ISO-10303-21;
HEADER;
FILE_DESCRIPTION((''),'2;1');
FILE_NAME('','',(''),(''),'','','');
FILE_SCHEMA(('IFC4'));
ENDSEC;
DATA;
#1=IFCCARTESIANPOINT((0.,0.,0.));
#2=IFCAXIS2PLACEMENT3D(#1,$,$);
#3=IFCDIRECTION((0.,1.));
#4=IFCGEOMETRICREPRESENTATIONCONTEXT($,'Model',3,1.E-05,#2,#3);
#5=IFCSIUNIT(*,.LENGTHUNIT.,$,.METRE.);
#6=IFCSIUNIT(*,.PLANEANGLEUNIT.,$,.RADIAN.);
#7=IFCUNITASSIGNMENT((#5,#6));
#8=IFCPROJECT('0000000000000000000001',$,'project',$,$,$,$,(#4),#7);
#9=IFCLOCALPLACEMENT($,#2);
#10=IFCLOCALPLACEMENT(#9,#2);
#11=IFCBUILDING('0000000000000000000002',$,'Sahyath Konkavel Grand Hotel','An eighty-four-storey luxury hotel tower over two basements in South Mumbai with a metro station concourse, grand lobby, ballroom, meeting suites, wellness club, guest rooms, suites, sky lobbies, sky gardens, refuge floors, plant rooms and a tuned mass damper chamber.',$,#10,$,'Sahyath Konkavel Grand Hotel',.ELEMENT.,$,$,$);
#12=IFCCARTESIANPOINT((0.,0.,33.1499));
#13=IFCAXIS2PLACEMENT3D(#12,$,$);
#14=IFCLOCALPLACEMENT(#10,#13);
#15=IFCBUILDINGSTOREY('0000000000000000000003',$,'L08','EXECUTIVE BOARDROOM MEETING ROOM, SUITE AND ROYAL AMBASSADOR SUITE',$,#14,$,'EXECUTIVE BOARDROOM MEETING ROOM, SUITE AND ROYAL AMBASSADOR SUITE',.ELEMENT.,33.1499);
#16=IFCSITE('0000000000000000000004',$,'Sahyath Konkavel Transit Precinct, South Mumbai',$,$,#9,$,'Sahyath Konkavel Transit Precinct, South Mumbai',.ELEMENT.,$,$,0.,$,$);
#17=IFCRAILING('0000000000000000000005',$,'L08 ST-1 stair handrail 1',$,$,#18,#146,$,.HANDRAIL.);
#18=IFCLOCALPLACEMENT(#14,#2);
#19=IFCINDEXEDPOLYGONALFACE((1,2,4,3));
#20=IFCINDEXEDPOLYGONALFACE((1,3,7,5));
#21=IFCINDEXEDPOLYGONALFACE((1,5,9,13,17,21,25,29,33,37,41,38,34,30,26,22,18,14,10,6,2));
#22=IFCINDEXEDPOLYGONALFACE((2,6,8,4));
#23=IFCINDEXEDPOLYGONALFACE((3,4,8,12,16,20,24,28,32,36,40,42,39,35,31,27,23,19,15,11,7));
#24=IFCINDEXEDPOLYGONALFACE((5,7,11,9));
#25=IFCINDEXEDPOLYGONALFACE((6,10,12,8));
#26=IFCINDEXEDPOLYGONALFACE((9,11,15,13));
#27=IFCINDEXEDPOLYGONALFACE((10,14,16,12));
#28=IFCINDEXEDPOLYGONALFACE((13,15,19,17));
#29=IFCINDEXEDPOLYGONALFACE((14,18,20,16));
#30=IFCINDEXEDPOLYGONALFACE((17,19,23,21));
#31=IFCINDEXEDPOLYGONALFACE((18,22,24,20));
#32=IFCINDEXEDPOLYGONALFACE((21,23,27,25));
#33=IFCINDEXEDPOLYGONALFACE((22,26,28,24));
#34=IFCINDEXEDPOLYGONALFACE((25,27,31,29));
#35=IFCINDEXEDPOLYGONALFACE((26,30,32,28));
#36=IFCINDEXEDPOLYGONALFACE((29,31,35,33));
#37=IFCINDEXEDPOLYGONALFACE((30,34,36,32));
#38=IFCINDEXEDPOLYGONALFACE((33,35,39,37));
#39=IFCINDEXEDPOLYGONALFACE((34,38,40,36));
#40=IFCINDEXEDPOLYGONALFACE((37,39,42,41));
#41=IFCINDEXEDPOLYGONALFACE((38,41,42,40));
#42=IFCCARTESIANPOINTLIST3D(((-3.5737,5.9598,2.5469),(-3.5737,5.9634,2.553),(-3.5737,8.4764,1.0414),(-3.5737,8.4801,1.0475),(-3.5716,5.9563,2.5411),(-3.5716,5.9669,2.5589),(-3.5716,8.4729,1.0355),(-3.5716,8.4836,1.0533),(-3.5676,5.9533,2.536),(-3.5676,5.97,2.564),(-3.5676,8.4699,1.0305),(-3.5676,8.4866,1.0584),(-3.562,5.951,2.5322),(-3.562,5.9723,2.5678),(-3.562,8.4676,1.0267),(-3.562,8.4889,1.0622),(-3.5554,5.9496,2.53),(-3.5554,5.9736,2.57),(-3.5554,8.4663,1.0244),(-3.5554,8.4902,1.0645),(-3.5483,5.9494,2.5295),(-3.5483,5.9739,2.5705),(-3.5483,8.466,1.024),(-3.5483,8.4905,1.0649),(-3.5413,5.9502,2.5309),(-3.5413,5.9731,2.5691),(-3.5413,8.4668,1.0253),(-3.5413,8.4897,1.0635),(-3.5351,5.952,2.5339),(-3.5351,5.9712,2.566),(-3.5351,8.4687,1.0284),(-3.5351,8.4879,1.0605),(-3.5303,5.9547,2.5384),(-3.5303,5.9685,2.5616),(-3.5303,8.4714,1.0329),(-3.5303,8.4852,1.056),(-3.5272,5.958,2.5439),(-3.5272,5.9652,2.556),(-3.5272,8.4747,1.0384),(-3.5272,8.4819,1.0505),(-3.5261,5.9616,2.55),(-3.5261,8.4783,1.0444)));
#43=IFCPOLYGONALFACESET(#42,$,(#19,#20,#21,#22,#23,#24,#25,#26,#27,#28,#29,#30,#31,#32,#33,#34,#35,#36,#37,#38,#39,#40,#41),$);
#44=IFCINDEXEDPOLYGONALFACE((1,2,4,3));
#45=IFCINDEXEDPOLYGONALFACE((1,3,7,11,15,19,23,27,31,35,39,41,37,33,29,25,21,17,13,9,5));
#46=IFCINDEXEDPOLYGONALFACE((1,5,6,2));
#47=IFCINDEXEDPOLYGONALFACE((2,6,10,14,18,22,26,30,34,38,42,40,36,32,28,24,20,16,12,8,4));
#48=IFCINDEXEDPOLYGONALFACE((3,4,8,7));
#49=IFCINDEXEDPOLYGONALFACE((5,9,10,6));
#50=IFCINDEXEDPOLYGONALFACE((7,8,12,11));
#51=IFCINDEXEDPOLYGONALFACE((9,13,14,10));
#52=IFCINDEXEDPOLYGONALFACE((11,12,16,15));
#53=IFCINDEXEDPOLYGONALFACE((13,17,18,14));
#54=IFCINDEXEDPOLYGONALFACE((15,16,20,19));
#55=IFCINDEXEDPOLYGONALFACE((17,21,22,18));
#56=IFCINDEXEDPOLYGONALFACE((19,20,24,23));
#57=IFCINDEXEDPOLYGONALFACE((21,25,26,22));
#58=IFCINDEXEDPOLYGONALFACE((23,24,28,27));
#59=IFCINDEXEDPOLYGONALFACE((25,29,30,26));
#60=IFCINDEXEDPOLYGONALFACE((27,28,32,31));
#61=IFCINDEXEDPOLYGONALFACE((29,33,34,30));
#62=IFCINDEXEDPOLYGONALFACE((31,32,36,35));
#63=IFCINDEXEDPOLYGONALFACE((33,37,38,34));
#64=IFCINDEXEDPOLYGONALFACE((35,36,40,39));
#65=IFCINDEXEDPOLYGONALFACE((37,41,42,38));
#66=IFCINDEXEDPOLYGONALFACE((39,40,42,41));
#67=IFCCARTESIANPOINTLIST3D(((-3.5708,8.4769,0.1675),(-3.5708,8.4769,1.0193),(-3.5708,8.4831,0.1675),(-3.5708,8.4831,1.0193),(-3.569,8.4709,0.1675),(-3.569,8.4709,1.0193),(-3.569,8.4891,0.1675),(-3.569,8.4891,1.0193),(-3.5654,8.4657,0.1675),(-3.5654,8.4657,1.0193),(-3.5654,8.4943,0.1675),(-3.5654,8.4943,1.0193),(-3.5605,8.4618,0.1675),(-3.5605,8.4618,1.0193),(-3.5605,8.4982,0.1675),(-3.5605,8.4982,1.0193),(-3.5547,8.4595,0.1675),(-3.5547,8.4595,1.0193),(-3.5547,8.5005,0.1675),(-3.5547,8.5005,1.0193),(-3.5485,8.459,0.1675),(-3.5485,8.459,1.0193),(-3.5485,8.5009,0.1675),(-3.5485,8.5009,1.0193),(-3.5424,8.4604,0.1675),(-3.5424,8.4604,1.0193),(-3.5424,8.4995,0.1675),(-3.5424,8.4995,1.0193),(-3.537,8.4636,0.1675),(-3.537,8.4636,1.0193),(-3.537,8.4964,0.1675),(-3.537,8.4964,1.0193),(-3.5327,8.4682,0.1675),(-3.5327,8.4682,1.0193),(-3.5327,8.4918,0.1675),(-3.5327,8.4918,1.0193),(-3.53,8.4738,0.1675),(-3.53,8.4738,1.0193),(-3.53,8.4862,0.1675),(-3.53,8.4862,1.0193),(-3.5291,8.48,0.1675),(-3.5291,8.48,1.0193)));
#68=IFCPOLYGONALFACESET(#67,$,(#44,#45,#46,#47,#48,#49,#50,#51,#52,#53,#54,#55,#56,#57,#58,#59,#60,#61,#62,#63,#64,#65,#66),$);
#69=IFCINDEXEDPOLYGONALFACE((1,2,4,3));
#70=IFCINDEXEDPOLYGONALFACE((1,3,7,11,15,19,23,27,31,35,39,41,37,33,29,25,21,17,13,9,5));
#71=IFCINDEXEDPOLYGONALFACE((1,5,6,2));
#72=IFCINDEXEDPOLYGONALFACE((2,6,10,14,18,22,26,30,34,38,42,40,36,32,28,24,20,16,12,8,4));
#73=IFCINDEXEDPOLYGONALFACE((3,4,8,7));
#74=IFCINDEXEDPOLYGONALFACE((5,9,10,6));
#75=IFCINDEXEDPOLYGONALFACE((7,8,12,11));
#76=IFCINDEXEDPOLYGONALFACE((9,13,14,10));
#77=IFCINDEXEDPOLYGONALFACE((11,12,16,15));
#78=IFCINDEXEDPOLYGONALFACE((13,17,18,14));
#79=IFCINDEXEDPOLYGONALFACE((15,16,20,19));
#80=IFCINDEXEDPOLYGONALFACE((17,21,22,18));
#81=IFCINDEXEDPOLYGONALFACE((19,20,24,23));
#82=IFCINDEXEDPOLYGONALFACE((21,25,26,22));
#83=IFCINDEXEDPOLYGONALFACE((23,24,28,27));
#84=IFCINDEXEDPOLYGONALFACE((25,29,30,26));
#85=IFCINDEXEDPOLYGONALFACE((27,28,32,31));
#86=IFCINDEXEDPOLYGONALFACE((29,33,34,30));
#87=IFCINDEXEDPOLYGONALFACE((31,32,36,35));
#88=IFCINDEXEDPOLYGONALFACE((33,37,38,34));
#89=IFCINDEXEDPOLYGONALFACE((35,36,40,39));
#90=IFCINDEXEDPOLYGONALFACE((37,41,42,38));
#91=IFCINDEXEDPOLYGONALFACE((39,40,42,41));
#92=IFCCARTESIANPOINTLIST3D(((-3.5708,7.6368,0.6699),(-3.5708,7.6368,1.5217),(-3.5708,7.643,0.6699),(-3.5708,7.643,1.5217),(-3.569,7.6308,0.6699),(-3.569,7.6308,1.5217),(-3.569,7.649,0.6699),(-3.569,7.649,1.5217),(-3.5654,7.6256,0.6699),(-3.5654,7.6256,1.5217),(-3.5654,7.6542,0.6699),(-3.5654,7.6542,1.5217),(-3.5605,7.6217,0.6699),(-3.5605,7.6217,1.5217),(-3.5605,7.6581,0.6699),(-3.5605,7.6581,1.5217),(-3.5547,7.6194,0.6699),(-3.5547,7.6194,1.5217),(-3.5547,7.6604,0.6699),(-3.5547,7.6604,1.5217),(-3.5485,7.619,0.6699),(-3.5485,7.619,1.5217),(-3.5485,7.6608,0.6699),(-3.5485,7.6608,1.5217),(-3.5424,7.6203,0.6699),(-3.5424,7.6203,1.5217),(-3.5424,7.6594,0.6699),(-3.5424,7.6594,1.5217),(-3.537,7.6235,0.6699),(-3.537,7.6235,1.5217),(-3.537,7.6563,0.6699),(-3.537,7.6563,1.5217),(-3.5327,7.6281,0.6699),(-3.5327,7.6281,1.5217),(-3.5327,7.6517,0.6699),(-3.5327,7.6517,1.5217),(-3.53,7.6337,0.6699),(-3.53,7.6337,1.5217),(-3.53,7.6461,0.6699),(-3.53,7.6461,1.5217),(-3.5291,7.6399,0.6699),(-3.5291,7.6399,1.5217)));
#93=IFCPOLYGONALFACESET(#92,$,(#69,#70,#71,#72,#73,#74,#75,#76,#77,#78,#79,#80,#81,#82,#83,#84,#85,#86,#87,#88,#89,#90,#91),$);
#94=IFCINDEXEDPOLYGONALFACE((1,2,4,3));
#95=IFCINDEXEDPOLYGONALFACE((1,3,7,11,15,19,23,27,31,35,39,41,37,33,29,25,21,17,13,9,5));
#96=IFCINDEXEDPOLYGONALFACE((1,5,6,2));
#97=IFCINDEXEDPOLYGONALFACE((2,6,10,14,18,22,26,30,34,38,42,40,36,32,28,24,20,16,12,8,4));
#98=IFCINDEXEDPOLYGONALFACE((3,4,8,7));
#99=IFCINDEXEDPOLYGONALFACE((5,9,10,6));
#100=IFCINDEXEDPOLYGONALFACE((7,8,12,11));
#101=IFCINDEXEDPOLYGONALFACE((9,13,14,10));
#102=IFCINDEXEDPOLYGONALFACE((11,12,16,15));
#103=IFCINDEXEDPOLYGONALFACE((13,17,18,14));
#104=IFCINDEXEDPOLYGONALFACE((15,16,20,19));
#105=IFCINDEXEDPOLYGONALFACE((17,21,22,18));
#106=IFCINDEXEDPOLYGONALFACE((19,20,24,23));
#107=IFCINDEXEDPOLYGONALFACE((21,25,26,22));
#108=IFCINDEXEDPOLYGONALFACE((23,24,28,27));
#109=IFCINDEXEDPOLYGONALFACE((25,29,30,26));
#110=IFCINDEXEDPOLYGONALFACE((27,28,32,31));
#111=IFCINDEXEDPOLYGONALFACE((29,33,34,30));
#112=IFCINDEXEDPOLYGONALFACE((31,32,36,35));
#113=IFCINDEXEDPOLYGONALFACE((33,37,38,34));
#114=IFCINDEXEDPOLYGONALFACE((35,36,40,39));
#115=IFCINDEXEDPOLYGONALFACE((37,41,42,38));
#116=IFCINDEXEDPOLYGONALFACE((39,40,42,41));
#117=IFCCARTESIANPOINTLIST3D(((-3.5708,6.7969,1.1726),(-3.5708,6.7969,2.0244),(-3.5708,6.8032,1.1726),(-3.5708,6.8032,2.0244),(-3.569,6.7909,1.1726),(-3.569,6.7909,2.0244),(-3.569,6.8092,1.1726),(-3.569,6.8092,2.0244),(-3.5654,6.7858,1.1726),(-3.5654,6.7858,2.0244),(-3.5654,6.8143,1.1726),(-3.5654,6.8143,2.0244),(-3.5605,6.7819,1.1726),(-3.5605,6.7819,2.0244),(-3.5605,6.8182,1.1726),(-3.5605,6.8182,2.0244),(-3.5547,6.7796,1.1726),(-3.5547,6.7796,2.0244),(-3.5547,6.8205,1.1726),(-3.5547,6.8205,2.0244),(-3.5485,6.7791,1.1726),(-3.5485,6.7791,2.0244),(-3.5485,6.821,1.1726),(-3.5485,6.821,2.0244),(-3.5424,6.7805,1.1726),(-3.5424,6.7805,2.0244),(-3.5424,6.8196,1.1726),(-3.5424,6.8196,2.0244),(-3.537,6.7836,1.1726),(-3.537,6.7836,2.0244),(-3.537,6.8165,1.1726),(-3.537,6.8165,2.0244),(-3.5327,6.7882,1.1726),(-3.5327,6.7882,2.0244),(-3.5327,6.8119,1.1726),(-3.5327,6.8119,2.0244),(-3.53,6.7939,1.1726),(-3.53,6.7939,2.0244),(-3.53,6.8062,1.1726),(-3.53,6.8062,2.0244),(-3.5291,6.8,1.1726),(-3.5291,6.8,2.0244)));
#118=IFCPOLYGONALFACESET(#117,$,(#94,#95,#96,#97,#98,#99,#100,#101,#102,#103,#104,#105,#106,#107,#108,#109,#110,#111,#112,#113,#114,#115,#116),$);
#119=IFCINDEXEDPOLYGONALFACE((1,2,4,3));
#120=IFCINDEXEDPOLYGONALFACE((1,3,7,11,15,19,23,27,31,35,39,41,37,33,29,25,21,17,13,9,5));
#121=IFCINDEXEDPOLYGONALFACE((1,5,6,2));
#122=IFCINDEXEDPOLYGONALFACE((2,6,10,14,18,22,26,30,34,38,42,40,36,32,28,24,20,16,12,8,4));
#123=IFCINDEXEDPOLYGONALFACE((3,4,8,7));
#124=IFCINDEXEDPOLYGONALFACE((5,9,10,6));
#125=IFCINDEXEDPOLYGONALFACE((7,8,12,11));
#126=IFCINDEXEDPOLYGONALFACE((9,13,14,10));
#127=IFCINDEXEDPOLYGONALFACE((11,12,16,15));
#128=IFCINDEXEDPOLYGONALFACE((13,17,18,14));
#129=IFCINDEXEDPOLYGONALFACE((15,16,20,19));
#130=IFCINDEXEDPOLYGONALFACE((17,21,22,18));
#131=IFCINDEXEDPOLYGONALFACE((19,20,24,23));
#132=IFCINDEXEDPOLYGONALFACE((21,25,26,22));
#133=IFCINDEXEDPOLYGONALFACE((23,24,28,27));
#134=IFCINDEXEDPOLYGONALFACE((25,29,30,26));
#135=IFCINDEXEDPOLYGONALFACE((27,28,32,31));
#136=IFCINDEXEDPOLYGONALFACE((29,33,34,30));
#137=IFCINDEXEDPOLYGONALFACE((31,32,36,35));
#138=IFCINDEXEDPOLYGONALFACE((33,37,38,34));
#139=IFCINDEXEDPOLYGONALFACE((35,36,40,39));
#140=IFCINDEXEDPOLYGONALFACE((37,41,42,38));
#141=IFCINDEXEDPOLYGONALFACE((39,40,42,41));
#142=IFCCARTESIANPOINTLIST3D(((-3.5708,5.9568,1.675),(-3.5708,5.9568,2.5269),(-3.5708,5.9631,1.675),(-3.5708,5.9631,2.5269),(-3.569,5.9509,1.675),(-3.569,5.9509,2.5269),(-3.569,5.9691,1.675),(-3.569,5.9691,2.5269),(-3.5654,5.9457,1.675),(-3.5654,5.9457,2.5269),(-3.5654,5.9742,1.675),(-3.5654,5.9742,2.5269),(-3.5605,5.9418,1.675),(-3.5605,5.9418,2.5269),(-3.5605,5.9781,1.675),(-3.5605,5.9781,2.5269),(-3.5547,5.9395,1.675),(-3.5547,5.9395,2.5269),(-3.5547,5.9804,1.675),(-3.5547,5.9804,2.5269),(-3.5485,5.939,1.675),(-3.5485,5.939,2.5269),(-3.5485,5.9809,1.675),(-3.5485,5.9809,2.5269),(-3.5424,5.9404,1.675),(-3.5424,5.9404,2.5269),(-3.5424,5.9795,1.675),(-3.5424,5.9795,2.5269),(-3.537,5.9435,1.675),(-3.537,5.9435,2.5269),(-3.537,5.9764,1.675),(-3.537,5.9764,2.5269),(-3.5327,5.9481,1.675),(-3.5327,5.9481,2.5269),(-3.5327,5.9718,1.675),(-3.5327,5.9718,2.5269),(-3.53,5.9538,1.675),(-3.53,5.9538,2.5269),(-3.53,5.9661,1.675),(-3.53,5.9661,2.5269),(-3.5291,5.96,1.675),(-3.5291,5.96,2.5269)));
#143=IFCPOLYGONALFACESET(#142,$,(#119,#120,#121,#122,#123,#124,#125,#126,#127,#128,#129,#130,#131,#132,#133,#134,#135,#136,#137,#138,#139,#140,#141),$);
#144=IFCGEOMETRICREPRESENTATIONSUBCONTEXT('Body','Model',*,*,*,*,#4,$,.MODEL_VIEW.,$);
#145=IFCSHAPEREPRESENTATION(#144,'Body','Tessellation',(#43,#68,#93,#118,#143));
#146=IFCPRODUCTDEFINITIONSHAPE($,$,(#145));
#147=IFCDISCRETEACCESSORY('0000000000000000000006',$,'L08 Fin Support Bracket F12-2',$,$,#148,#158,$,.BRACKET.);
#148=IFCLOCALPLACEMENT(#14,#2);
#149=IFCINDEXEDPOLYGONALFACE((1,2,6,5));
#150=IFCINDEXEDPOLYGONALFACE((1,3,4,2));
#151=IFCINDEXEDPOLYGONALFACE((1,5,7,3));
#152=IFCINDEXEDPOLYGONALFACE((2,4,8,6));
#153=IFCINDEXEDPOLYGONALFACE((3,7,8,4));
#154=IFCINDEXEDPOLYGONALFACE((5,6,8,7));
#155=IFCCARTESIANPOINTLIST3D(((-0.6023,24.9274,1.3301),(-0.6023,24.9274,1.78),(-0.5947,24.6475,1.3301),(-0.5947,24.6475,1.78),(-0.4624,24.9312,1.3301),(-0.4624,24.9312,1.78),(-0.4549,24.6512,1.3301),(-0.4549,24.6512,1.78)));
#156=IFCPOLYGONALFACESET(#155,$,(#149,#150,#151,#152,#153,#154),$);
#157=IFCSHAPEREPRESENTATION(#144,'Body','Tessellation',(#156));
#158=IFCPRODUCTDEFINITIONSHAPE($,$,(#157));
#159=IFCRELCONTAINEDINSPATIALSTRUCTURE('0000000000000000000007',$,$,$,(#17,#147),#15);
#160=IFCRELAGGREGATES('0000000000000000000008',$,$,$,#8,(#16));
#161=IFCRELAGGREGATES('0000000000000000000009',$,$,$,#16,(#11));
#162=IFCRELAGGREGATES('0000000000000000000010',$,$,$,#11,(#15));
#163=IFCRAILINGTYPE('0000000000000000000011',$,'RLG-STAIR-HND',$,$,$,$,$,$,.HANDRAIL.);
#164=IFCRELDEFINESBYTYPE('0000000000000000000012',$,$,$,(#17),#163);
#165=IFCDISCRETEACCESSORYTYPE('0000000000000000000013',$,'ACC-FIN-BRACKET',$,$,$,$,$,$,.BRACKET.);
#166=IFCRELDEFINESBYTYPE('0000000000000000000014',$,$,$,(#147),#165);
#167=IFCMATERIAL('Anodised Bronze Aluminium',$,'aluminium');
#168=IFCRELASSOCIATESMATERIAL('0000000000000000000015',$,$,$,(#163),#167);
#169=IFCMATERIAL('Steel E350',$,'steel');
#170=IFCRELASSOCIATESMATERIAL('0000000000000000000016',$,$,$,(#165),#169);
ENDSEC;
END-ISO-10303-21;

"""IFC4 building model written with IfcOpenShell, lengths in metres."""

from ifc_helpers import new_model, si_unit, direction, frame, origin, origin_2d, place, context, subcontext, project, spatial, rectangle, circle, extrude, source, transform, mapped, material, type_object, element, save


model = new_model("IFC4")

# Units and contexts
model_context = context("Model", 3, precision=1e-05, world=origin(), true_north=direction((0.0, 1.0)))
body_context = subcontext(model_context, "Body", "Model", "MODEL_VIEW")
ifc_project = project(units=[si_unit("LENGTHUNIT", "METRE"), si_unit("PLANEANGLEUNIT", "RADIAN")], contexts=[model_context])

# Site, building, storey
site_placement = place(None, origin())
site = spatial("IfcSite", under=ifc_project, at=site_placement, Name="Sahyath Konkavel Transit Precinct, South Mumbai", LongName="Sahyath Konkavel Transit Precinct, South Mumbai", CompositionType="ELEMENT", RefElevation=0.0)
building_placement = place(site_placement, origin())
building = spatial("IfcBuilding", under=site, at=building_placement, Name="Sahyath Konkavel Grand Hotel", Description="An eighty-four-storey luxury hotel tower over two basements in South Mumbai with a metro station concourse, grand lobby, ballroom, meeting suites, wellness club, guest rooms, suites, sky lobbies, sky gardens, refuge floors, plant rooms and a tuned mass damper chamber.", LongName="Sahyath Konkavel Grand Hotel", CompositionType="ELEMENT")
storey_placement = place(building_placement, frame((0.0, 0.0, 33.1499)))
storey = spatial("IfcBuildingStorey", under=building, at=storey_placement, Name="L08", Description="EXECUTIVE BOARDROOM MEETING ROOM, SUITE AND ROYAL AMBASSADOR SUITE", LongName="EXECUTIVE BOARDROOM MEETING ROOM, SUITE AND ROYAL AMBASSADOR SUITE", CompositionType="ELEMENT", Elevation=33.1499)

# Shared definitions
ifc_material_1 = material(Name="Steel E350", Category="steel")

# Shared definitions
ifc_material_2 = material(Name="Anodised Bronze Aluminium", Category="aluminium")

# Railing
railing_type_1 = type_object("IfcRailingType", Name="RLG-STAIR-HND", PredefinedType="HANDRAIL", material=ifc_material_2)
railing_1_placement = place(storey_placement, frame((-3.55, 8.48, 0.1675)))
element("IfcRailing", 1, at=railing_1_placement, inside=storey, type_object=railing_type_1, Name="L08 ST-1 stair handrail 1", PredefinedType="HANDRAIL", context=body_context, shape_type="SweptSolid", body=[
    extrude(circle(Radius=0.0239, at=origin_2d()), frame((0.0, -0.0017, 0.877), z_axis=(0.0, -0.85816, 0.513383), x_axis=(1.0, 0.0, 0.0)), (0.0, 0.0, 1.0), 2.9326),
    extrude(circle(Radius=0.021, at=origin_2d()), origin(), (0.0, 0.0, 1.0), 0.8518),
    extrude(circle(Radius=0.021, at=origin_2d()), frame((0.0, -0.8401, 0.5024)), (0.0, 0.0, 1.0), 0.8518),
    extrude(circle(Radius=0.021, at=origin_2d()), frame((0.0, -1.6799, 1.0051)), (0.0, 0.0, 1.0), 0.8518),
    extrude(circle(Radius=0.021, at=origin_2d()), frame((0.0, -2.52, 1.5076)), (0.0, 0.0, 1.0), 0.8518),
])

# Discrete accessory
discrete_accessory_type = type_object("IfcDiscreteAccessoryType", Name="ACC-FIN-BRACKET", PredefinedType="BRACKET", material=ifc_material_1)
shared_shape_1 = source(origin(), body_context, "Body", "SweptSolid", [
    extrude(rectangle(XDim=0.28, YDim=0.1399, at=origin_2d()), origin(), (0.0, 0.0, 1.0), 0.45),
])
discrete_accessory_placement = place(storey_placement, frame((-0.5286, 24.7893, 1.3301), z_axis=(0.0, 0.0, 1.0), x_axis=(-0.02691, 0.999638, 0.0)))
element("IfcDiscreteAccessory", 2, at=discrete_accessory_placement, inside=storey, type_object=discrete_accessory_type, Name="L08 Fin Support Bracket F12-2", PredefinedType="BRACKET", context=body_context, shape_type="MappedRepresentation", body=[
    mapped(shared_shape_1, transform((0.0, 0.0, 0.0), scale=1.0)),
])

save(model, "model.ifc")
